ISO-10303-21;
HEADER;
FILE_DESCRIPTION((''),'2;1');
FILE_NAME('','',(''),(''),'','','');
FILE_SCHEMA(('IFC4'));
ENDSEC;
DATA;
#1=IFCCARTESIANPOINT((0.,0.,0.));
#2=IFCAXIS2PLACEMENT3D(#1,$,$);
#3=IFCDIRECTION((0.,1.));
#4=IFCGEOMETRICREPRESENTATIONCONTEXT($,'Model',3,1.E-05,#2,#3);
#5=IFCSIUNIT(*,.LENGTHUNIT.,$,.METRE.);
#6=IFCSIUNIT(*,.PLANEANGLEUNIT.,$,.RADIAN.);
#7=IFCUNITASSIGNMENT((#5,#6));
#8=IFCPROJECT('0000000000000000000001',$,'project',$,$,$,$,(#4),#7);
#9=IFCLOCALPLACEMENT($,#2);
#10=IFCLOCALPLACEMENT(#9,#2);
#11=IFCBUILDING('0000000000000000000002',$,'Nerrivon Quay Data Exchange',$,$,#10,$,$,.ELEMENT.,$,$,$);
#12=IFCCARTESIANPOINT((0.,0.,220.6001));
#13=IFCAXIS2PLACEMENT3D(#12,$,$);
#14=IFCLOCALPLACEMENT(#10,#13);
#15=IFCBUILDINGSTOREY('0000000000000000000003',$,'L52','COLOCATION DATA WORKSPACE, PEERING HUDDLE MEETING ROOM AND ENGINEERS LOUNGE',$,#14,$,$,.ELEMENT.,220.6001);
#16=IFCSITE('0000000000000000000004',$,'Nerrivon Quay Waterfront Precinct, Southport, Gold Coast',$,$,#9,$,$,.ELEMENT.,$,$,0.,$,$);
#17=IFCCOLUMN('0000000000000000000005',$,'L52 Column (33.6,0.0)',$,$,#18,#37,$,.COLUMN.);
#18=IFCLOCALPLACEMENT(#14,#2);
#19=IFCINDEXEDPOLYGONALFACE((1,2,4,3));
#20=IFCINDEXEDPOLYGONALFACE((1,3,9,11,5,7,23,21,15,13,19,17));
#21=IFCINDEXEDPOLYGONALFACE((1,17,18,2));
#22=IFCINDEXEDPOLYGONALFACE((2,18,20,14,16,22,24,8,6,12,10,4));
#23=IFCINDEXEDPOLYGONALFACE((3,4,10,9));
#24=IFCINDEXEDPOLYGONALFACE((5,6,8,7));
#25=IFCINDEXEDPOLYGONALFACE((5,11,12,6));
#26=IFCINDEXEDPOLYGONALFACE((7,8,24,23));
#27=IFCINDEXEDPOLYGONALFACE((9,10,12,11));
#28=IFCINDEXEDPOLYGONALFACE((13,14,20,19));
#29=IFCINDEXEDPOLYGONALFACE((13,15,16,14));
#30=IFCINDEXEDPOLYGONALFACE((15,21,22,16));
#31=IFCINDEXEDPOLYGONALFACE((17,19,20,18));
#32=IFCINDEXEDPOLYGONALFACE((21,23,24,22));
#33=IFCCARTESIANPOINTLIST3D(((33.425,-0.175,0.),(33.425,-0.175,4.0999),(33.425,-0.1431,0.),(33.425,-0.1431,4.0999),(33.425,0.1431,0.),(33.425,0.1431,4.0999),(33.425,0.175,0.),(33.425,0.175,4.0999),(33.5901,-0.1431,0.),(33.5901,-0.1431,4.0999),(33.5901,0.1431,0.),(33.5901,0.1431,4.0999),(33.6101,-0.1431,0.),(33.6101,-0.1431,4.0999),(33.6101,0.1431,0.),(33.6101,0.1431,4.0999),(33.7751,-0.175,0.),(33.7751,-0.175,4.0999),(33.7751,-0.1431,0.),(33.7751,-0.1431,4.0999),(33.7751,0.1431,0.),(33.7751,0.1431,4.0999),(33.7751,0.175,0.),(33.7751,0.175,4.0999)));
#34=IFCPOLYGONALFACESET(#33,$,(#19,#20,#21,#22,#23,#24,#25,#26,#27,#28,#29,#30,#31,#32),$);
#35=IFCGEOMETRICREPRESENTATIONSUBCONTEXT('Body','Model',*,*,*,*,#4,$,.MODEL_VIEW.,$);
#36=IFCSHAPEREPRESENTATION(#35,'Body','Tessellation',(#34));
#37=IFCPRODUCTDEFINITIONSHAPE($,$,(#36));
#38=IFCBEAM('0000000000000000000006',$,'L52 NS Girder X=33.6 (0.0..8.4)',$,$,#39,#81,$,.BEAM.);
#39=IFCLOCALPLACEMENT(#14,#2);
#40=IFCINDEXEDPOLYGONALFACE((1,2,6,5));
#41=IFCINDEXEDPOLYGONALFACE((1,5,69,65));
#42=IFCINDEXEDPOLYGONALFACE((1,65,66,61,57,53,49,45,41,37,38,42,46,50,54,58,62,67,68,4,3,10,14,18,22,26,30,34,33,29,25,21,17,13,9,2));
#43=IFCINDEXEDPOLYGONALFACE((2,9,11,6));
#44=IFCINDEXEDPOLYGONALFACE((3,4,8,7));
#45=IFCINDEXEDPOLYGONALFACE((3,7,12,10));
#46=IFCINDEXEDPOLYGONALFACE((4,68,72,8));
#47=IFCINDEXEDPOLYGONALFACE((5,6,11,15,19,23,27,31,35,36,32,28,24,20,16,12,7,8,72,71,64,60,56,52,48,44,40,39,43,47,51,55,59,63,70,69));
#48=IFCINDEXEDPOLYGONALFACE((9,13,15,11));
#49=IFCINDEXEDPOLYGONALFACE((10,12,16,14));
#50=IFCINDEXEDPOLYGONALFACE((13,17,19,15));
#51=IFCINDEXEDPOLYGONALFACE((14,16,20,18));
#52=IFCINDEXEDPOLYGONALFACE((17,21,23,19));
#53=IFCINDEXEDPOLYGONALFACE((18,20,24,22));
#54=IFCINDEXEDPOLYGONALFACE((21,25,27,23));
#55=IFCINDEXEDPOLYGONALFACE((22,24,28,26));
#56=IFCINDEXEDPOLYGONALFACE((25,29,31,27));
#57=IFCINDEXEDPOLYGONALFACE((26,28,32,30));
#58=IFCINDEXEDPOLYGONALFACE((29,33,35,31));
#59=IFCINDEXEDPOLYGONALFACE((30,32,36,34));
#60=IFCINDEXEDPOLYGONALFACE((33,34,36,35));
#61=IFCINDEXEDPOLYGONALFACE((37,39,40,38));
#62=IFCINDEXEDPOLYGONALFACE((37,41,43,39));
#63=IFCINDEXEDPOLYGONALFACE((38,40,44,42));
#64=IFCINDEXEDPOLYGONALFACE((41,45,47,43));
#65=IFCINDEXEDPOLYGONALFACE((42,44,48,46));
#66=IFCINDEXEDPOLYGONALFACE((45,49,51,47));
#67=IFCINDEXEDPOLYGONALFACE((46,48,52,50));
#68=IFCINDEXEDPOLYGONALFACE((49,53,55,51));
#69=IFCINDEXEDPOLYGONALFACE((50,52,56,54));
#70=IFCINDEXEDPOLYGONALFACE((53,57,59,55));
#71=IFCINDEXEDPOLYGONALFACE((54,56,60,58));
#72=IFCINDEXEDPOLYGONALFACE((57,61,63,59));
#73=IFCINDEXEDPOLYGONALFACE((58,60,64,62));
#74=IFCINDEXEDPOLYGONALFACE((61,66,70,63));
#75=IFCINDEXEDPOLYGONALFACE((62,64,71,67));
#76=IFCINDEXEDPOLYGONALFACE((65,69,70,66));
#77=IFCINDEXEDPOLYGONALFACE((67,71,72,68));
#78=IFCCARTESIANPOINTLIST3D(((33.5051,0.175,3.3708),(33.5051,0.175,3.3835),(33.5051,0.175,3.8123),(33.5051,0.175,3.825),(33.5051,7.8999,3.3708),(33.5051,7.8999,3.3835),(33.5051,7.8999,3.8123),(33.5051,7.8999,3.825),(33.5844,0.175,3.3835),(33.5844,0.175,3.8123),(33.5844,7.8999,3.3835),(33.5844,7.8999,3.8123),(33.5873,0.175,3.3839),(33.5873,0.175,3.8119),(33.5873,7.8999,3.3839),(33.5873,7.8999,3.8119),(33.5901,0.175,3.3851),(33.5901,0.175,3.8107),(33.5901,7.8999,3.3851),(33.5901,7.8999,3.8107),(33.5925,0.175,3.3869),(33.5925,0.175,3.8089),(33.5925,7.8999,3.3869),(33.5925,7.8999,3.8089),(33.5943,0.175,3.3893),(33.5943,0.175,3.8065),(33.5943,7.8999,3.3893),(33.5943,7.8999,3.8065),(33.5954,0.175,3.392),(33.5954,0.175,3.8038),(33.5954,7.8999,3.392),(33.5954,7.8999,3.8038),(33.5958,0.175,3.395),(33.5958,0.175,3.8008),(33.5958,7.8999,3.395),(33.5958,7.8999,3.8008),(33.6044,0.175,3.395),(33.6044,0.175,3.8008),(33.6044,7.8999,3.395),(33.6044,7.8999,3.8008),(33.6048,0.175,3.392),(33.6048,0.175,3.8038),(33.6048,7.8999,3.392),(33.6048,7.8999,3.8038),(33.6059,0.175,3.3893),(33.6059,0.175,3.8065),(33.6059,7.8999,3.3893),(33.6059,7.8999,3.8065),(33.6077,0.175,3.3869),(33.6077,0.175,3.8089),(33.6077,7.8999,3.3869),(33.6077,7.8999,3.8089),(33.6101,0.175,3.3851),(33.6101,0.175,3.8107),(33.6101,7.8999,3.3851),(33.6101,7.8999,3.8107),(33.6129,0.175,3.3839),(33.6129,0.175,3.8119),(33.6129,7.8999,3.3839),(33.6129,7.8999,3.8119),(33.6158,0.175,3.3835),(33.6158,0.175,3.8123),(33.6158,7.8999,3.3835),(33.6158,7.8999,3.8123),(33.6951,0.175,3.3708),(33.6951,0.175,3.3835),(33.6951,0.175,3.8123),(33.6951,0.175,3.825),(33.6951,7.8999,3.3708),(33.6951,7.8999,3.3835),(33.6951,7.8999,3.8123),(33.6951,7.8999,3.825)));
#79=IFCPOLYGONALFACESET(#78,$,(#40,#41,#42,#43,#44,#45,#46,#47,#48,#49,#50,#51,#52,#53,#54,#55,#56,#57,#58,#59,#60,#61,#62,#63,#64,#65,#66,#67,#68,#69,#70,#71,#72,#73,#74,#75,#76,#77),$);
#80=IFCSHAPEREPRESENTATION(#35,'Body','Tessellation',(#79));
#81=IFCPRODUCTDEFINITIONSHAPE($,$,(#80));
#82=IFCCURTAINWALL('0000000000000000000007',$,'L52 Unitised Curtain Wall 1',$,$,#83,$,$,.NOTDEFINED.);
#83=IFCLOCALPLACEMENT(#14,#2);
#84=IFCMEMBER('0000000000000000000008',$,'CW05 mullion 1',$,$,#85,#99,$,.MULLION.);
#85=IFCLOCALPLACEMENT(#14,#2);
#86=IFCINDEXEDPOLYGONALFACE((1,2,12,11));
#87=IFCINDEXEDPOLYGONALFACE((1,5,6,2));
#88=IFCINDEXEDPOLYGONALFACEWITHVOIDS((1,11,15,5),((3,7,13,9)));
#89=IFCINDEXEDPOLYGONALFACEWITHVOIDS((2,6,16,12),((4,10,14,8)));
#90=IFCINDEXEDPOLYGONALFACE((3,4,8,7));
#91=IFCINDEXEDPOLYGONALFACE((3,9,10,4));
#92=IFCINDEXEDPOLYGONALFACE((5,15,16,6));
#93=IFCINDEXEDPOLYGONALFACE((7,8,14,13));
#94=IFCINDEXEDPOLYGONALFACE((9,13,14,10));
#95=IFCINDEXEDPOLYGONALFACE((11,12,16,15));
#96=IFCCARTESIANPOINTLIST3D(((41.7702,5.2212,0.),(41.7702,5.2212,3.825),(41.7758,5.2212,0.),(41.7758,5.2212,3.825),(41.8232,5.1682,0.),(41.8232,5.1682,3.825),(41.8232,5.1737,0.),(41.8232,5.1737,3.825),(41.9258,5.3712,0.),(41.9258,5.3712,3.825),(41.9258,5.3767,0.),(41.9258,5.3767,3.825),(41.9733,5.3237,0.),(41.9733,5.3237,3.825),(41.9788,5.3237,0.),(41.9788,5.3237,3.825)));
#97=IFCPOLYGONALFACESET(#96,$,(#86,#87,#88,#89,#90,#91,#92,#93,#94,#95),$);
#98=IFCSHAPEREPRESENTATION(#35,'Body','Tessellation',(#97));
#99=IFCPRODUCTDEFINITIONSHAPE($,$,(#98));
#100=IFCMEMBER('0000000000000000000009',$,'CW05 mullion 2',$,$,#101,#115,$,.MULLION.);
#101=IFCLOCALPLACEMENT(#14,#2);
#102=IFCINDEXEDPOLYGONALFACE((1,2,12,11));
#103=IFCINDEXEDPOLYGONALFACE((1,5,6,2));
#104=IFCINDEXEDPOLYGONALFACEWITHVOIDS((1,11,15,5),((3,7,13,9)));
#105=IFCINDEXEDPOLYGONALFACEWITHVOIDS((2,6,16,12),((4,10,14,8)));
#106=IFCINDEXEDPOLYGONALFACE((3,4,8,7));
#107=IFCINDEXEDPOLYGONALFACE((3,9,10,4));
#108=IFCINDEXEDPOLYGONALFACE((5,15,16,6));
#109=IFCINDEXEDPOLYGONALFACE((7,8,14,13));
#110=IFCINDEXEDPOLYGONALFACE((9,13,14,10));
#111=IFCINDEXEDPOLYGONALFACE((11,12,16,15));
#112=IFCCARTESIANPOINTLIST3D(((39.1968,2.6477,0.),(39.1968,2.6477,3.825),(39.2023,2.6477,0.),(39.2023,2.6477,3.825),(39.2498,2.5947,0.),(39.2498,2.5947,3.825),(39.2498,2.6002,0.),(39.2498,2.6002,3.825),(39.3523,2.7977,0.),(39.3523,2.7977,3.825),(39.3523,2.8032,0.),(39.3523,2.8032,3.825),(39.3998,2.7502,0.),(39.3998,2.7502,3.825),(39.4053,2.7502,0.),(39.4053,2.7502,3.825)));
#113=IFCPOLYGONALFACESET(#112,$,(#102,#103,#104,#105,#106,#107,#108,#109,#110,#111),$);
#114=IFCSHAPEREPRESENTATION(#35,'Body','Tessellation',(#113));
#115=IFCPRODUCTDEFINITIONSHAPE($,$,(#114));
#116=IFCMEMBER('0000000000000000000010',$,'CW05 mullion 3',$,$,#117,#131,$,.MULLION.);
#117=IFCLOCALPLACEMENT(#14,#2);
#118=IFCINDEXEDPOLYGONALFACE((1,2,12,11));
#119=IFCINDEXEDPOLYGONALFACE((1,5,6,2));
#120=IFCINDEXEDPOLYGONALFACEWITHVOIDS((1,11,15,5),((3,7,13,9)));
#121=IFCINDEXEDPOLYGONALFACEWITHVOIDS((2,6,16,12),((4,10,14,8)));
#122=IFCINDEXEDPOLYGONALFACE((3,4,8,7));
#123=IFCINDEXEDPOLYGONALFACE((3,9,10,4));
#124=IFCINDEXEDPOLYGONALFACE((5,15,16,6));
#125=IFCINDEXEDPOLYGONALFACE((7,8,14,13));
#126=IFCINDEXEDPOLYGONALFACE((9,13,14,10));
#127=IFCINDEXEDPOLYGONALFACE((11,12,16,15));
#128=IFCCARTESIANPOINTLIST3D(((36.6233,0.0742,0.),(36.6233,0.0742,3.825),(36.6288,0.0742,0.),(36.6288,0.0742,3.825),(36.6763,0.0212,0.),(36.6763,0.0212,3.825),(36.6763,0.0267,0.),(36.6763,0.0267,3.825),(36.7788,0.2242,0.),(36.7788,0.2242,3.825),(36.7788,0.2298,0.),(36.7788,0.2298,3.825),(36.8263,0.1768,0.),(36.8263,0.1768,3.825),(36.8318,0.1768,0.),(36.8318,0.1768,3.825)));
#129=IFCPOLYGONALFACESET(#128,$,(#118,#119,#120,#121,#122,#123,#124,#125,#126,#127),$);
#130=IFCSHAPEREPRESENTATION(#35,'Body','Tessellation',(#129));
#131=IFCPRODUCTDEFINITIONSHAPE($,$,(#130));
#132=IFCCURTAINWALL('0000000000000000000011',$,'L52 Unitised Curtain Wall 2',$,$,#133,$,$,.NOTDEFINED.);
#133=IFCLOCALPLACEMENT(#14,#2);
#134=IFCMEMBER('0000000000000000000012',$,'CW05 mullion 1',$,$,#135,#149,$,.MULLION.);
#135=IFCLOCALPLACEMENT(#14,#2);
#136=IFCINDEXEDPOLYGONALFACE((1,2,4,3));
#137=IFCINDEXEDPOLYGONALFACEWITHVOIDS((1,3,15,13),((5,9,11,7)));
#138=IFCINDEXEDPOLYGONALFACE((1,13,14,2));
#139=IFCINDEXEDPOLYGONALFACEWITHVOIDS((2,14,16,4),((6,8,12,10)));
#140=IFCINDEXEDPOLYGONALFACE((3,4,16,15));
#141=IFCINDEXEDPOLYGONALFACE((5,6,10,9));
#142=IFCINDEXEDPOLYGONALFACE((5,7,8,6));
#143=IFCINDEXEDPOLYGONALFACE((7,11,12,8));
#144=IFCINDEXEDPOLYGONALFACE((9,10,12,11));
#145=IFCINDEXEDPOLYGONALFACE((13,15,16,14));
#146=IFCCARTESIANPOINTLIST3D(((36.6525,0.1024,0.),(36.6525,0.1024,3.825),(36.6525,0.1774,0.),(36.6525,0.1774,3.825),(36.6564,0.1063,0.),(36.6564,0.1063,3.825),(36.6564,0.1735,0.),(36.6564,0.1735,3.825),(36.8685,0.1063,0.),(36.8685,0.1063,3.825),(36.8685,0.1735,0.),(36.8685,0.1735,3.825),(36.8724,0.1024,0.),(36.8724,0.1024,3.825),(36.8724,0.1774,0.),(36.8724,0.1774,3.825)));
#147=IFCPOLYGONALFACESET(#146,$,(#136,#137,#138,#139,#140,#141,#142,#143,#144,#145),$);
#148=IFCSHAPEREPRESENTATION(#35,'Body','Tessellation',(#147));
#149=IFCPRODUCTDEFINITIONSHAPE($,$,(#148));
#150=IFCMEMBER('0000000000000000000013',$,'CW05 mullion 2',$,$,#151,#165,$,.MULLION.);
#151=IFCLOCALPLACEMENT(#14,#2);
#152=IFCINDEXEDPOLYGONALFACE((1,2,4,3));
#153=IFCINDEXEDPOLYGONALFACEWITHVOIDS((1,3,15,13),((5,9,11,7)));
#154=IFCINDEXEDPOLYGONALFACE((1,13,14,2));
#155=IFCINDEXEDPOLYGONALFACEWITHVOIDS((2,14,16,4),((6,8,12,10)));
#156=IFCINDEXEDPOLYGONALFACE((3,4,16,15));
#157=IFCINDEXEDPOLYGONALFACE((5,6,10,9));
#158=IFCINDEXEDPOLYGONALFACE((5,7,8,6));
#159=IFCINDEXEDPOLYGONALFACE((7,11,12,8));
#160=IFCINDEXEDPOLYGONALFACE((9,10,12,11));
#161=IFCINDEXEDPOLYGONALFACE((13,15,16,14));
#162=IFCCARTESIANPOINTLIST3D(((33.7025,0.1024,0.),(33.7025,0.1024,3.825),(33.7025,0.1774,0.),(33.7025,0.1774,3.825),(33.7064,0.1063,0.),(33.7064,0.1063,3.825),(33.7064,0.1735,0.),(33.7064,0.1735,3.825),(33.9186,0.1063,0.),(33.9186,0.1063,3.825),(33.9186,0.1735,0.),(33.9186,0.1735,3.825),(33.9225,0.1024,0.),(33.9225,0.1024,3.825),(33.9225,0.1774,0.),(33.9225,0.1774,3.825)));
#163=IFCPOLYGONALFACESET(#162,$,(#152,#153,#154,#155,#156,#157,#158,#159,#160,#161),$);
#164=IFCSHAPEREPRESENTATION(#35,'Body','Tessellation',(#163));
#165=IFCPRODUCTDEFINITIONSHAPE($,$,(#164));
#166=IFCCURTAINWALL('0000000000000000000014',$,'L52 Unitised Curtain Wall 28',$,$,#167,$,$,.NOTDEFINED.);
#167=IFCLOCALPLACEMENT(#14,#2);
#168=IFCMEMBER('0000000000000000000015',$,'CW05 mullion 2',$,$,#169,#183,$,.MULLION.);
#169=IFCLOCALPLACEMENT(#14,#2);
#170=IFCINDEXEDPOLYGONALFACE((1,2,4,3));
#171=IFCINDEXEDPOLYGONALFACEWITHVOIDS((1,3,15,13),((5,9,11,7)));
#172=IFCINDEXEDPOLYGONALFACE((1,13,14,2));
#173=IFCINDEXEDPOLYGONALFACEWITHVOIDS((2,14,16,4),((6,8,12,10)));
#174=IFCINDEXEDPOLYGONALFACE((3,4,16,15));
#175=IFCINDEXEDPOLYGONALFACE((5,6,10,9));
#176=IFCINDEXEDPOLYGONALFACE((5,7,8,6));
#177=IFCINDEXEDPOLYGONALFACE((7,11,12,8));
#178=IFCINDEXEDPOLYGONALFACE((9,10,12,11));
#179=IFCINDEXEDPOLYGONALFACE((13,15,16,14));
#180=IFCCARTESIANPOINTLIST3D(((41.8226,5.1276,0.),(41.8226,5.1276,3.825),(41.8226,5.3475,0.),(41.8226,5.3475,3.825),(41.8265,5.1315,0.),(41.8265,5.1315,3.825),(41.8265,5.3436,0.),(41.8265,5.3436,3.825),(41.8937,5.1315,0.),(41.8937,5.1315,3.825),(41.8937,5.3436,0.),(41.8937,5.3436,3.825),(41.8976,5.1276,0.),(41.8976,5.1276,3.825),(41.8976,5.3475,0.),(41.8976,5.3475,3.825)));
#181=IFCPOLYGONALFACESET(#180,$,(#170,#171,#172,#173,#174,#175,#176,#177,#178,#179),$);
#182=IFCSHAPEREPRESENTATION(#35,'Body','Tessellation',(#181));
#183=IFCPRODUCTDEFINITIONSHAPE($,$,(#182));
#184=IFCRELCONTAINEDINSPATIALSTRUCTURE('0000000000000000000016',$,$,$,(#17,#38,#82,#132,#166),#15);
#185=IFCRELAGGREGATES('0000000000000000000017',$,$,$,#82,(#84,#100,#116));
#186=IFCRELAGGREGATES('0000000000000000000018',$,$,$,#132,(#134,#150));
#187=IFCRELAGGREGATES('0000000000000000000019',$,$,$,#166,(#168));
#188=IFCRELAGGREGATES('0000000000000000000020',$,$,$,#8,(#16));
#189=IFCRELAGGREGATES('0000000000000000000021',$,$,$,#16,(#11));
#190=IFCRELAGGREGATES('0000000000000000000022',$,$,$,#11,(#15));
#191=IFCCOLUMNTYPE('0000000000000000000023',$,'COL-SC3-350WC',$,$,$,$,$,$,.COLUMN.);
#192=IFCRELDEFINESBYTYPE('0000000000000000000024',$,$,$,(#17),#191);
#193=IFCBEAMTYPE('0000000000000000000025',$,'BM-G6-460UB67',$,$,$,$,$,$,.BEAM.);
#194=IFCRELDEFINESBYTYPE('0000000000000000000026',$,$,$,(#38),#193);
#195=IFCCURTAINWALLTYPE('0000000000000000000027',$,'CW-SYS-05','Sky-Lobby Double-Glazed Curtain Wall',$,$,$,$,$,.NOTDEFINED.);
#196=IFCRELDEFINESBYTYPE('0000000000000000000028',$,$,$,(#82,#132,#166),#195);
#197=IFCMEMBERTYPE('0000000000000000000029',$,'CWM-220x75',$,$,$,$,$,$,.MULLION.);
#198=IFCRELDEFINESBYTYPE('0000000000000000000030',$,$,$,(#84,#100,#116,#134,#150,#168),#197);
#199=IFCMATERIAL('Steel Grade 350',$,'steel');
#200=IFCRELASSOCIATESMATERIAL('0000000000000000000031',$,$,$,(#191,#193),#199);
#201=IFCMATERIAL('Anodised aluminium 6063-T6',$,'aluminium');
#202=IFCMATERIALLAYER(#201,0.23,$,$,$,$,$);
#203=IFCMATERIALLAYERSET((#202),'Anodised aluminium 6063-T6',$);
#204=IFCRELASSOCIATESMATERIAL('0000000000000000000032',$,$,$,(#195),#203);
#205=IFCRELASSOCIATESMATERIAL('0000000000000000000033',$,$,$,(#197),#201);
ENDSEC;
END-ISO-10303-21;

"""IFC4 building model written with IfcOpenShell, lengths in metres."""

from ifc_helpers import new_model, si_unit, direction, frame, origin, origin_2d, place, context, subcontext, project, spatial, hollow_rectangle, i_section, extrude, material, layer, layer_set, material_profile, profile_set, type_object, element, aggregate, save


model = new_model("IFC4")

# Units and contexts
model_context = context("Model", 3, precision=1e-05, world=origin(), true_north=direction((0.0, 1.0)))
body_context = subcontext(model_context, "Body", "Model", "MODEL_VIEW")
ifc_project = project(units=[si_unit("LENGTHUNIT", "METRE"), si_unit("PLANEANGLEUNIT", "RADIAN")], contexts=[model_context])

# Site, building, storey
site_placement = place(None, origin())
site = spatial("IfcSite", under=ifc_project, at=site_placement, Name="Nerrivon Quay Waterfront Precinct, Southport, Gold Coast", CompositionType="ELEMENT", RefElevation=0.0)
building_placement = place(site_placement, origin())
building = spatial("IfcBuilding", under=site, at=building_placement, Name="Nerrivon Quay Data Exchange", CompositionType="ELEMENT")
storey_placement = place(building_placement, frame((0.0, 0.0, 220.6001)))
storey = spatial("IfcBuildingStorey", under=building, at=storey_placement, Name="L52", Description="COLOCATION DATA WORKSPACE, PEERING HUDDLE MEETING ROOM AND ENGINEERS LOUNGE", CompositionType="ELEMENT", Elevation=220.6001)

# Column
ifc_material_1 = material(Name="Steel Grade 350", Category="steel")
ifc_material_profile_1 = material_profile(ifc_material_1, i_section(OverallWidth=0.3501, OverallDepth=0.3501, WebThickness=0.02, FlangeThickness=0.032, at=origin_2d()), Name="350WC230")
ifc_profile_set_1 = profile_set([ifc_material_profile_1], Name="Steel Grade 350")
column_type = type_object("IfcColumnType", Name="COL-SC3-350WC", PredefinedType="COLUMN", material=ifc_profile_set_1)
column_placement = place(storey_placement, frame((33.6001, 0.0, 0.0), z_axis=(0.0, 0.0, 1.0), x_axis=(1.0, 0.0, 0.0)))
element("IfcColumn", 1, at=column_placement, inside=storey, type_object=column_type, Name="L52 Column (33.6,0.0)", PredefinedType="COLUMN", context=body_context, shape_type="SweptSolid", body=[
    extrude(i_section(OverallWidth=0.3501, OverallDepth=0.3501, WebThickness=0.02, FlangeThickness=0.032, at=origin_2d()), origin(), (0.0, 0.0, 1.0), 4.0999),
])

# Beam
ifc_material_profile_2 = material_profile(ifc_material_1, i_section(OverallWidth=0.1899, OverallDepth=0.4541, WebThickness=0.0085, FlangeThickness=0.0127, FilletRadius=0.0115, at=origin_2d()), Name="460UB67.1")
ifc_profile_set_2 = profile_set([ifc_material_profile_2], Name="Steel Grade 350")
beam_type = type_object("IfcBeamType", Name="BM-G6-460UB67", PredefinedType="BEAM", material=ifc_profile_set_2)
beam_placement = place(storey_placement, frame((33.6001, 0.175, 3.5979), z_axis=(0.0, 1.0, 0.0), x_axis=(-1.0, 0.0, 0.0)))
element("IfcBeam", 2, at=beam_placement, inside=storey, type_object=beam_type, Name="L52 NS Girder X=33.6 (0.0..8.4)", PredefinedType="BEAM", context=body_context, shape_type="SweptSolid", body=[
    extrude(i_section(OverallWidth=0.1899, OverallDepth=0.4541, WebThickness=0.0085, FlangeThickness=0.0127, FilletRadius=0.0115, at=origin_2d()), origin(), (0.0, 0.0, 1.0), 7.7249),
])

# Curtain walls, members
ifc_material_2 = material(Name="Anodised aluminium 6063-T6", Category="aluminium")
ifc_layer_1 = layer(ifc_material_2, 0.23)
ifc_layer_set_1 = layer_set([ifc_layer_1], Name="Anodised aluminium 6063-T6")
curtain_wall_type = type_object("IfcCurtainWallType", Name="CW-SYS-05", Description="Sky-Lobby Double-Glazed Curtain Wall", PredefinedType="NOTDEFINED", material=ifc_layer_set_1)
curtain_wall_1_placement = place(storey_placement, origin())
curtain_wall_1 = element("IfcCurtainWall", 3, at=curtain_wall_1_placement, inside=storey, type_object=curtain_wall_type, Name="L52 Unitised Curtain Wall 1", PredefinedType="NOTDEFINED")
ifc_material_profile_3 = material_profile(ifc_material_2, hollow_rectangle(XDim=0.075, YDim=0.22, WallThickness=0.0039, at=origin_2d()), Name="ALU-MULL-220x75")
ifc_profile_set_3 = profile_set([ifc_material_profile_3], Name="Anodised aluminium 6063-T6")
member_type_1 = type_object("IfcMemberType", Name="CWM-220x75", PredefinedType="MULLION", material=ifc_profile_set_3)
member_1_placement = place(storey_placement, frame((41.8745, 5.2725, 0.0), z_axis=(0.0, 0.0, 1.0), x_axis=(0.707107, -0.707107, 0.0)))
member_1 = element("IfcMember", 4, at=member_1_placement, type_object=member_type_1, Name="CW05 mullion 1", PredefinedType="MULLION", context=body_context, shape_type="SweptSolid", body=[
    extrude(hollow_rectangle(XDim=0.075, YDim=0.22, WallThickness=0.0039, at=origin_2d()), origin(), (0.0, 0.0, 1.0), 3.825),
])
member_2_placement = place(storey_placement, frame((39.301, 2.699, 0.0), z_axis=(0.0, 0.0, 1.0), x_axis=(0.707107, -0.707107, 0.0)))
member_2 = element("IfcMember", 5, at=member_2_placement, type_object=member_type_1, Name="CW05 mullion 2", PredefinedType="MULLION", context=body_context, shape_type="SweptSolid", body=[
    extrude(hollow_rectangle(XDim=0.075, YDim=0.22, WallThickness=0.0039, at=origin_2d()), origin(), (0.0, 0.0, 1.0), 3.825),
])
member_3_placement = place(storey_placement, frame((36.7275, 0.1255, 0.0), z_axis=(0.0, 0.0, 1.0), x_axis=(0.707107, -0.707107, 0.0)))
member_3 = element("IfcMember", 6, at=member_3_placement, type_object=member_type_1, Name="CW05 mullion 3", PredefinedType="MULLION", context=body_context, shape_type="SweptSolid", body=[
    extrude(hollow_rectangle(XDim=0.075, YDim=0.22, WallThickness=0.0039, at=origin_2d()), origin(), (0.0, 0.0, 1.0), 3.825),
])
curtain_wall_2_placement = place(storey_placement, origin())
curtain_wall_2 = element("IfcCurtainWall", 7, at=curtain_wall_2_placement, inside=storey, type_object=curtain_wall_type, Name="L52 Unitised Curtain Wall 2", PredefinedType="NOTDEFINED")
member_4_placement = place(storey_placement, frame((36.7625, 0.1399, 0.0), z_axis=(0.0, 0.0, 1.0), x_axis=(0.0, -1.0, 0.0)))
member_4 = element("IfcMember", 8, at=member_4_placement, type_object=member_type_1, Name="CW05 mullion 1", PredefinedType="MULLION", context=body_context, shape_type="SweptSolid", body=[
    extrude(hollow_rectangle(XDim=0.075, YDim=0.22, WallThickness=0.0039, at=origin_2d()), origin(), (0.0, 0.0, 1.0), 3.825),
])
member_5_placement = place(storey_placement, frame((33.8125, 0.1399, 0.0), z_axis=(0.0, 0.0, 1.0), x_axis=(0.0, -1.0, 0.0)))
member_5 = element("IfcMember", 9, at=member_5_placement, type_object=member_type_1, Name="CW05 mullion 2", PredefinedType="MULLION", context=body_context, shape_type="SweptSolid", body=[
    extrude(hollow_rectangle(XDim=0.075, YDim=0.22, WallThickness=0.0039, at=origin_2d()), origin(), (0.0, 0.0, 1.0), 3.825),
])

# Curtain wall, member
curtain_wall_3_placement = place(storey_placement, origin())
curtain_wall_3 = element("IfcCurtainWall", 10, at=curtain_wall_3_placement, inside=storey, type_object=curtain_wall_type, Name="L52 Unitised Curtain Wall 28", PredefinedType="NOTDEFINED")
member_6_placement = place(storey_placement, frame((41.8601, 5.2375, 0.0), z_axis=(0.0, 0.0, 1.0), x_axis=(1.0, 0.0, 0.0)))
member_6 = element("IfcMember", 11, at=member_6_placement, type_object=member_type_1, Name="CW05 mullion 2", PredefinedType="MULLION", context=body_context, shape_type="SweptSolid", body=[
    extrude(hollow_rectangle(XDim=0.075, YDim=0.22, WallThickness=0.0039, at=origin_2d()), origin(), (0.0, 0.0, 1.0), 3.825),
])

aggregate(curtain_wall_1, [member_1, member_2, member_3])
aggregate(curtain_wall_2, [member_4, member_5])
aggregate(curtain_wall_3, [member_6])

save(model, "model.ifc")
